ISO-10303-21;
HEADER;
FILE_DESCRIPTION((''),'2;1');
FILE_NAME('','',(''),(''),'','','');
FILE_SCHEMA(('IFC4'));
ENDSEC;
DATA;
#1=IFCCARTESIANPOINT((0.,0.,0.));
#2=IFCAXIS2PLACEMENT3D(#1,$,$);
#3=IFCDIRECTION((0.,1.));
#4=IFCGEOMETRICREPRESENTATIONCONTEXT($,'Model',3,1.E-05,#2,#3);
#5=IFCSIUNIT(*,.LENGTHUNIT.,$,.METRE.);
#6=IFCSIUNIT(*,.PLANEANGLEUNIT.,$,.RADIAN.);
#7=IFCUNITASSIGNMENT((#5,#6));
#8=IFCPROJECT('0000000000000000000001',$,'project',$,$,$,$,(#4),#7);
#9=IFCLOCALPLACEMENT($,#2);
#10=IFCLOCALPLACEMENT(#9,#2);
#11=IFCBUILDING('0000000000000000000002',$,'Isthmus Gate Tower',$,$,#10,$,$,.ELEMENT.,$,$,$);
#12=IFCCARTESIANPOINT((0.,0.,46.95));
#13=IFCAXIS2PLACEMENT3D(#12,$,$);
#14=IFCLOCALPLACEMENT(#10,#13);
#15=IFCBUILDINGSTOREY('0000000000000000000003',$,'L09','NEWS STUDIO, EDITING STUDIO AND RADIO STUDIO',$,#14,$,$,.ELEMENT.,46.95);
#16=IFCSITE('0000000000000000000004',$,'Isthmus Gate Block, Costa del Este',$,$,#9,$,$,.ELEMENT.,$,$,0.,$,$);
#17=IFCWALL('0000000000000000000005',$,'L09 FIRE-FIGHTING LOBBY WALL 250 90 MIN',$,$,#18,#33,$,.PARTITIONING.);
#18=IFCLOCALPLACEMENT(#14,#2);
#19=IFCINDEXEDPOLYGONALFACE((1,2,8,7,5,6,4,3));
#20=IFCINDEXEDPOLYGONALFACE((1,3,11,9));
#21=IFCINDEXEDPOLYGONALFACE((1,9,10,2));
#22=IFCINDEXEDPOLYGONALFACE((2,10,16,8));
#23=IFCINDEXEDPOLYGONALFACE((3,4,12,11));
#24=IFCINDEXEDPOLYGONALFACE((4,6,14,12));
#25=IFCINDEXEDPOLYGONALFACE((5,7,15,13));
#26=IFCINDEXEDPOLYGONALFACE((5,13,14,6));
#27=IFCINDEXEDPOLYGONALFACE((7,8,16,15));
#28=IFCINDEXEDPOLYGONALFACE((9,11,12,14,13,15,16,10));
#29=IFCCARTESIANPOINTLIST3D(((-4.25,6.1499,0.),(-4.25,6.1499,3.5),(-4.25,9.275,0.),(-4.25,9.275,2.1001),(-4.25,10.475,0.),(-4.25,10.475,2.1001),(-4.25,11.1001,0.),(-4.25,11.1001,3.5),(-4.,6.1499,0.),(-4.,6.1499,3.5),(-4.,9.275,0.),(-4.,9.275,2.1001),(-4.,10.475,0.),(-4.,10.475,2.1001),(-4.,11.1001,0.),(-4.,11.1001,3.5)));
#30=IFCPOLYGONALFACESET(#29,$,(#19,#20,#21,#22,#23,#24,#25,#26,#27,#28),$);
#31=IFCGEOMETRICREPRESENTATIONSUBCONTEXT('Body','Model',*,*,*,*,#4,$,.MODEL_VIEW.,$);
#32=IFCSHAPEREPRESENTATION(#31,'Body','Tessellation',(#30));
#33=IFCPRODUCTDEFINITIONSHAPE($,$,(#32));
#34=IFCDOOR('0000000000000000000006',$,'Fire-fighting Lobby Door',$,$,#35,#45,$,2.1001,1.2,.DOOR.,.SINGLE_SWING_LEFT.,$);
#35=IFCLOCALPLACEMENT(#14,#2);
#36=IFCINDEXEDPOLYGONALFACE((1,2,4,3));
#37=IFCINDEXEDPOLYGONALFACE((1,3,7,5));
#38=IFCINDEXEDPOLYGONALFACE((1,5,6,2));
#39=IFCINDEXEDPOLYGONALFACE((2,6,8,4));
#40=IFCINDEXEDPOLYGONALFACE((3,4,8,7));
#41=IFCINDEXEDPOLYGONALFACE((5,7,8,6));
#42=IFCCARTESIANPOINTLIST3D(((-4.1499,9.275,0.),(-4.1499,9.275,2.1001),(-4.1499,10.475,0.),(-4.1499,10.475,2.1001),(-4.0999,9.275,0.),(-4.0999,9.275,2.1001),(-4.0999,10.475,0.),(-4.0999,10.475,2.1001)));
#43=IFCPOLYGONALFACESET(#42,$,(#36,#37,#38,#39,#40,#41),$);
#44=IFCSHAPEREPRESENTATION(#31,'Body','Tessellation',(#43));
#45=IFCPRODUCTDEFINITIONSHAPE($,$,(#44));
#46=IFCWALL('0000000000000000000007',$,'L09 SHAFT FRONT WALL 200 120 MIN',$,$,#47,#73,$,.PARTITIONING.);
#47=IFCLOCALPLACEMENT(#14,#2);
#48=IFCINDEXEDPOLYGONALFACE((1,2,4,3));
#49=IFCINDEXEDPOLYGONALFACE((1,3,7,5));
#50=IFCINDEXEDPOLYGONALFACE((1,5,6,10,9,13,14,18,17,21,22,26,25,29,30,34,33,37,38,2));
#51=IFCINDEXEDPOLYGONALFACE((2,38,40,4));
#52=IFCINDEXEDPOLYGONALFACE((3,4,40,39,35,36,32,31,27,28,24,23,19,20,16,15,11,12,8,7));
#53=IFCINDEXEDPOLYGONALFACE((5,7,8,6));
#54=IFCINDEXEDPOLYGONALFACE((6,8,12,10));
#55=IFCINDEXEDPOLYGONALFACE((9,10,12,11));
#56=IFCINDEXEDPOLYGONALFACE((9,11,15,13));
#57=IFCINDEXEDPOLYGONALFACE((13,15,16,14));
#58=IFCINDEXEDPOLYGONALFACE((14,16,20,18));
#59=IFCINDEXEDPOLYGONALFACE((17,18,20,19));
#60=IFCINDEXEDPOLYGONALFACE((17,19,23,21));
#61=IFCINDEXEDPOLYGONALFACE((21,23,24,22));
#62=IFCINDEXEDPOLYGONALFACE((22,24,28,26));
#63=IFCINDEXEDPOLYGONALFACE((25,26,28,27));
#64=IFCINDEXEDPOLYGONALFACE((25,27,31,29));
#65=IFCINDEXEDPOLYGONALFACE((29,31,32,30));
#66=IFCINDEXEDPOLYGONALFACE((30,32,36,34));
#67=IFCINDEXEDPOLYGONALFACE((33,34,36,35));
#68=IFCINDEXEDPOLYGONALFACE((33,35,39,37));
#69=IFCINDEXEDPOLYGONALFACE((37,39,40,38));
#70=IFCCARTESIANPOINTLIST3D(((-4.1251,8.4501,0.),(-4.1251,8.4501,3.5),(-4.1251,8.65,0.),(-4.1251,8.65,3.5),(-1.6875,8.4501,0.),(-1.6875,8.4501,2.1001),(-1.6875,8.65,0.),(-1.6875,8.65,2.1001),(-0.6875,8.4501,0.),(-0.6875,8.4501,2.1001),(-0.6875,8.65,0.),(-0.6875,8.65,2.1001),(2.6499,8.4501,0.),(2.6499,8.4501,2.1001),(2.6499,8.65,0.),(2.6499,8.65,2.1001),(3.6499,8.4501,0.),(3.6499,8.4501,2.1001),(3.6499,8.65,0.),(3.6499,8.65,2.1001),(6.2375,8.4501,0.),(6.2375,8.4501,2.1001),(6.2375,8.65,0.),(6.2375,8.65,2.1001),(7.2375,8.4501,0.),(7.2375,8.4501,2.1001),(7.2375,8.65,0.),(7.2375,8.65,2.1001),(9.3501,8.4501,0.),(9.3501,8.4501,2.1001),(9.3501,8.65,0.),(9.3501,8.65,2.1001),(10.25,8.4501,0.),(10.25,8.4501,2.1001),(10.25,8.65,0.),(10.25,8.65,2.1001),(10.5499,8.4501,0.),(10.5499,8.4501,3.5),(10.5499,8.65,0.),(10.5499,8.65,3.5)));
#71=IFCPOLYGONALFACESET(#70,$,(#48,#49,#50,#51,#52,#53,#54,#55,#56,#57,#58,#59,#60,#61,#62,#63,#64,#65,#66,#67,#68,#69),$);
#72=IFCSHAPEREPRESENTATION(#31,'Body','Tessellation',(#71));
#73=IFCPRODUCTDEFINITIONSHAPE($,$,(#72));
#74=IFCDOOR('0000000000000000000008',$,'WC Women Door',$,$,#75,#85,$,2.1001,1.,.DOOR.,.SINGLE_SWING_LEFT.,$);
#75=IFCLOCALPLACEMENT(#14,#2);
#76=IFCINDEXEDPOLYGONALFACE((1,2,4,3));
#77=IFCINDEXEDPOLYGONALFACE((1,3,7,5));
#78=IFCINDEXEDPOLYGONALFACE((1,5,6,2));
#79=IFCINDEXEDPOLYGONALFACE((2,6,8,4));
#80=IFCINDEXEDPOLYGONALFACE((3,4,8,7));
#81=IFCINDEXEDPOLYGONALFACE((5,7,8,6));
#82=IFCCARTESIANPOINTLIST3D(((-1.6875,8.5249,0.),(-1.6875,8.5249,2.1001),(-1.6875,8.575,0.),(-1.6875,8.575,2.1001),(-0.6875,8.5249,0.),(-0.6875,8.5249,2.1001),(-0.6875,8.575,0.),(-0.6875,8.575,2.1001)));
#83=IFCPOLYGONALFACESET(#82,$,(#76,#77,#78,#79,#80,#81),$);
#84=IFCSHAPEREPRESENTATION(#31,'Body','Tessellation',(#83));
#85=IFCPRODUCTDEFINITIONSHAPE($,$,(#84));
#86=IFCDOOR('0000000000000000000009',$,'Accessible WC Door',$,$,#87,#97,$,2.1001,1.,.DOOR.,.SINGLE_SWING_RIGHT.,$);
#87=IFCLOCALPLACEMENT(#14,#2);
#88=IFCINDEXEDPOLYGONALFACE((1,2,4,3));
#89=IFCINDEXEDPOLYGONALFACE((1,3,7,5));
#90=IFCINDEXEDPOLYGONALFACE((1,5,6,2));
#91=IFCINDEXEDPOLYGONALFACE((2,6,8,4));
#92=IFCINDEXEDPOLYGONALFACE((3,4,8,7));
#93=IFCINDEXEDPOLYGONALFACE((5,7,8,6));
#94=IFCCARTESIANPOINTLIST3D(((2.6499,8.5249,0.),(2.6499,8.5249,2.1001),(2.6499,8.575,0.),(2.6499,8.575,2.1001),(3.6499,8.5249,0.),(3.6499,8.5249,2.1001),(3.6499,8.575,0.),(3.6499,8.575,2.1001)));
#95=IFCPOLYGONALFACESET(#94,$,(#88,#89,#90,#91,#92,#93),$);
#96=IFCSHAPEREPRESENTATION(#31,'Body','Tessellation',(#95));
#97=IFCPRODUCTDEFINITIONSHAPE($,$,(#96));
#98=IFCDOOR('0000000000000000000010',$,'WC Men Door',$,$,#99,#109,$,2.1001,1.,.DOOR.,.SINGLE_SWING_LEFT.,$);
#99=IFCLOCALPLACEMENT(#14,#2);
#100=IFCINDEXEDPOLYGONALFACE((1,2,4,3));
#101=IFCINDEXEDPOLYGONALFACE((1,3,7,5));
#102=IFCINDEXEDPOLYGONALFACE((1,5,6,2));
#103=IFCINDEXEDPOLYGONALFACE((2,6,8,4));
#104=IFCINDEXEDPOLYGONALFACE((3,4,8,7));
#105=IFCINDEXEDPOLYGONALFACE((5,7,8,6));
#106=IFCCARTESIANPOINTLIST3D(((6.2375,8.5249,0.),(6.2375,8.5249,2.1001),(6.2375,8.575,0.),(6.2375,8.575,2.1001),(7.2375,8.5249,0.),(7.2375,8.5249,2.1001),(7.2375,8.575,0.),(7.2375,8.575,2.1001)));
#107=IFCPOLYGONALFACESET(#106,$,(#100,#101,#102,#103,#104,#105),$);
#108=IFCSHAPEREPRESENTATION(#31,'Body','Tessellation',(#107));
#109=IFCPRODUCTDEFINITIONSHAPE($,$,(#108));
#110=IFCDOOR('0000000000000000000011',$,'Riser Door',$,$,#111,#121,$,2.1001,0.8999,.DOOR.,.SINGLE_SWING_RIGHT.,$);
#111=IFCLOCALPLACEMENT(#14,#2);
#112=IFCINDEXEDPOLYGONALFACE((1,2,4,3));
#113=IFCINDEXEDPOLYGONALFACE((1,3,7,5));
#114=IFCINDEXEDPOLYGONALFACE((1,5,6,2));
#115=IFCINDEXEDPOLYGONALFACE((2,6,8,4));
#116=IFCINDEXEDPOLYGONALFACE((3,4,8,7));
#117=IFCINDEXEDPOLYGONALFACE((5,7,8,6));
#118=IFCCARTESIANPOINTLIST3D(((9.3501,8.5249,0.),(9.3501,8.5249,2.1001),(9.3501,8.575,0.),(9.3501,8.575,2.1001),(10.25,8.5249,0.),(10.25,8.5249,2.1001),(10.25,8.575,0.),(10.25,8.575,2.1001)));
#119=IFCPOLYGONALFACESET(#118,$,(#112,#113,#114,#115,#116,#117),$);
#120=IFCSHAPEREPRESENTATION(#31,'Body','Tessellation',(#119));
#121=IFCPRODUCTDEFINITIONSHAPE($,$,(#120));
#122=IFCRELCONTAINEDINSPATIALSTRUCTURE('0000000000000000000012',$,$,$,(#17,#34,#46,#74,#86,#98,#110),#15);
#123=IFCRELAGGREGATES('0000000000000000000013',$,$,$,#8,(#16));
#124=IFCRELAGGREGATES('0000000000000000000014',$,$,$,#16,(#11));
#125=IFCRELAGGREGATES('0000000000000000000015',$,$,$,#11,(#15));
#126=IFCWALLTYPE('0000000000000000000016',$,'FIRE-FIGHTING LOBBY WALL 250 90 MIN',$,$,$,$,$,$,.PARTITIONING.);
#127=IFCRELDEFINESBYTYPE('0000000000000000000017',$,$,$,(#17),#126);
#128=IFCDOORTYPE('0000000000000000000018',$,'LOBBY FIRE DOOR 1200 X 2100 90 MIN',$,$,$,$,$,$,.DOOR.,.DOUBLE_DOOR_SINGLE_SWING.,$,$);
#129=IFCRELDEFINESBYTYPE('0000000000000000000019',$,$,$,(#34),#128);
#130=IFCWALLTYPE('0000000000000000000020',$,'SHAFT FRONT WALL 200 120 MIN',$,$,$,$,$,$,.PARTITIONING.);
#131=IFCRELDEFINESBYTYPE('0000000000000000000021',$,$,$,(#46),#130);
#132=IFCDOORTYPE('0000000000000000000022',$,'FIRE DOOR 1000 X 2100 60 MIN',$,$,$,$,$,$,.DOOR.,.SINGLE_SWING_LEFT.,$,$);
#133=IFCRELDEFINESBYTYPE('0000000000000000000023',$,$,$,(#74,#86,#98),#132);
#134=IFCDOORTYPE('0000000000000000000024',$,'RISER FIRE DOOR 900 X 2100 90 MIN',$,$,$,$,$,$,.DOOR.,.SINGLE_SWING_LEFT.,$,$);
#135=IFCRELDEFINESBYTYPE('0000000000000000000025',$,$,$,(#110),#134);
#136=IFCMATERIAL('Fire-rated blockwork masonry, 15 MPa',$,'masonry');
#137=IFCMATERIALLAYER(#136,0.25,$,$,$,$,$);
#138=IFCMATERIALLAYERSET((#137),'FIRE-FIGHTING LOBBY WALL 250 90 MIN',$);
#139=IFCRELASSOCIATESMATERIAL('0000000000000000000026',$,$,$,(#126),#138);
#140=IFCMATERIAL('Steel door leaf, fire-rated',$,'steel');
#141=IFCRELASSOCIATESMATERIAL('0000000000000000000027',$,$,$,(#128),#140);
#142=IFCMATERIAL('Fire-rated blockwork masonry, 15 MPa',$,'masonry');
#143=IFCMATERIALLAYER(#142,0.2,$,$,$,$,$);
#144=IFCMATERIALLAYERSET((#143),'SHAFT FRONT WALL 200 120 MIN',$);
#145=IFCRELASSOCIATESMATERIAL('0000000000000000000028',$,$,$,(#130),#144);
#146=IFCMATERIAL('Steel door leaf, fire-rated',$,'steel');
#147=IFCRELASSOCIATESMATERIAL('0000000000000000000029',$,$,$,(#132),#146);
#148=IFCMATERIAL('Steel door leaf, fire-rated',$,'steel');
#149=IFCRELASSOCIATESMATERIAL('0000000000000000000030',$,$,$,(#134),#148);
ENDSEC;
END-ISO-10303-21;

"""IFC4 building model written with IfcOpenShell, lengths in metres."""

from ifc_helpers import new_model, si_unit, direction, frame, frame_2d, origin, place, context, subcontext, project, spatial, rectangle, extrude, material, layer, layer_set, type_object, element, fill, save


model = new_model("IFC4")

# Units and contexts
model_context = context("Model", 3, precision=1e-05, world=origin(), true_north=direction((0.0, 1.0)))
body_context = subcontext(model_context, "Body", "Model", "MODEL_VIEW")
ifc_project = project(units=[si_unit("LENGTHUNIT", "METRE"), si_unit("PLANEANGLEUNIT", "RADIAN")], contexts=[model_context])

# Site, building, storey
site_placement = place(None, origin())
site = spatial("IfcSite", under=ifc_project, at=site_placement, Name="Isthmus Gate Block, Costa del Este", CompositionType="ELEMENT", RefElevation=0.0)
building_placement = place(site_placement, origin())
building = spatial("IfcBuilding", under=site, at=building_placement, Name="Isthmus Gate Tower", CompositionType="ELEMENT")
storey_placement = place(building_placement, frame((0.0, 0.0, 46.95)))
storey = spatial("IfcBuildingStorey", under=building, at=storey_placement, Name="L09", Description="NEWS STUDIO, EDITING STUDIO AND RADIO STUDIO", CompositionType="ELEMENT", Elevation=46.95)

# Wall, opening, door
ifc_material_1 = material(Name="Fire-rated blockwork masonry, 15 MPa", Category="masonry")
ifc_layer_1 = layer(ifc_material_1, 0.25)
ifc_layer_set_1 = layer_set([ifc_layer_1], Name="FIRE-FIGHTING LOBBY WALL 250 90 MIN")
wall_type_1 = type_object("IfcWallType", Name="FIRE-FIGHTING LOBBY WALL 250 90 MIN", PredefinedType="PARTITIONING", material=ifc_layer_set_1)
wall_1_placement = place(storey_placement, frame((-4.125, 6.1499, 0.0), z_axis=(0.0, 0.0, 1.0), x_axis=(0.0, 1.0, 0.0)))
wall_1 = element("IfcWall", 1, at=wall_1_placement, inside=storey, type_object=wall_type_1, Name="L09 FIRE-FIGHTING LOBBY WALL 250 90 MIN", PredefinedType="PARTITIONING", context=body_context, shape_type="SweptSolid", body=[
    extrude(rectangle(XDim=4.9502, YDim=0.25, at=frame_2d((2.4751, 0.0))), origin(), (0.0, 0.0, 1.0), 3.5),
])
opening_1_placement = place(wall_1_placement, frame((3.125, 0.0, 0.0)))
opening_1 = element("IfcOpeningElement", 2, at=opening_1_placement, cuts=wall_1, PredefinedType="OPENING", context=body_context, shape_type="SweptSolid", body=[
    extrude(rectangle(XDim=1.2, YDim=2.1001, at=frame_2d((0.6001, 1.05))), frame((0.0, 0.135, 0.0), z_axis=(0.0, -1.0, 0.0), x_axis=(1.0, 0.0, 0.0)), (0.0, 0.0, 1.0), 0.27),
])
ifc_material_2 = material(Name="Steel door leaf, fire-rated", Category="steel")
door_type_1 = type_object("IfcDoorType", Name="LOBBY FIRE DOOR 1200 X 2100 90 MIN", OperationType="DOUBLE_DOOR_SINGLE_SWING", PredefinedType="DOOR", material=ifc_material_2)
door_1_placement = place(opening_1_placement, origin())
door_1 = element("IfcDoor", 3, at=door_1_placement, inside=storey, type_object=door_type_1, Name="Fire-fighting Lobby Door", OperationType="SINGLE_SWING_LEFT", OverallHeight=2.1001, OverallWidth=1.2, PredefinedType="DOOR", context=body_context, shape_type="SweptSolid", body=[
    extrude(rectangle(XDim=1.2, YDim=2.1001, at=frame_2d((0.6001, 1.05))), frame((0.0, 0.0249, 0.0), z_axis=(0.0, -1.0, 0.0), x_axis=(1.0, 0.0, 0.0)), (0.0, 0.0, 1.0), 0.05),
])
fill(opening_1, door_1)

# Wall, openings, doors
ifc_material_3 = material(Name="Fire-rated blockwork masonry, 15 MPa", Category="masonry")
ifc_layer_2 = layer(ifc_material_3, 0.2)
ifc_layer_set_2 = layer_set([ifc_layer_2], Name="SHAFT FRONT WALL 200 120 MIN")
wall_type_2 = type_object("IfcWallType", Name="SHAFT FRONT WALL 200 120 MIN", PredefinedType="PARTITIONING", material=ifc_layer_set_2)
wall_2_placement = place(storey_placement, frame((-4.125, 8.55, 0.0), z_axis=(0.0, 0.0, 1.0), x_axis=(1.0, 0.0, 0.0)))
wall_2 = element("IfcWall", 4, at=wall_2_placement, inside=storey, type_object=wall_type_2, Name="L09 SHAFT FRONT WALL 200 120 MIN", PredefinedType="PARTITIONING", context=body_context, shape_type="SweptSolid", body=[
    extrude(rectangle(XDim=14.675, YDim=0.2, at=frame_2d((7.3374, 0.0))), origin(), (0.0, 0.0, 1.0), 3.5),
])
opening_2_placement = place(wall_2_placement, frame((2.4375, 0.0, 0.0)))
opening_2 = element("IfcOpeningElement", 5, at=opening_2_placement, cuts=wall_2, PredefinedType="OPENING", context=body_context, shape_type="SweptSolid", body=[
    extrude(rectangle(XDim=1.0, YDim=2.1001, at=frame_2d((0.5, 1.05))), frame((0.0, 0.1099, 0.0), z_axis=(0.0, -1.0, 0.0), x_axis=(1.0, 0.0, 0.0)), (0.0, 0.0, 1.0), 0.22),
])
opening_3_placement = place(wall_2_placement, frame((6.7749, 0.0, 0.0)))
opening_3 = element("IfcOpeningElement", 6, at=opening_3_placement, cuts=wall_2, PredefinedType="OPENING", context=body_context, shape_type="SweptSolid", body=[
    extrude(rectangle(XDim=1.0, YDim=2.1001, at=frame_2d((0.5, 1.05))), frame((0.0, 0.1099, 0.0), z_axis=(0.0, -1.0, 0.0), x_axis=(1.0, 0.0, 0.0)), (0.0, 0.0, 1.0), 0.22),
])
opening_4_placement = place(wall_2_placement, frame((10.3625, 0.0, 0.0)))
opening_4 = element("IfcOpeningElement", 7, at=opening_4_placement, cuts=wall_2, PredefinedType="OPENING", context=body_context, shape_type="SweptSolid", body=[
    extrude(rectangle(XDim=1.0, YDim=2.1001, at=frame_2d((0.5, 1.05))), frame((0.0, 0.1099, 0.0), z_axis=(0.0, -1.0, 0.0), x_axis=(1.0, 0.0, 0.0)), (0.0, 0.0, 1.0), 0.22),
])
opening_5_placement = place(wall_2_placement, frame((13.4751, 0.0, 0.0)))
opening_5 = element("IfcOpeningElement", 8, at=opening_5_placement, cuts=wall_2, PredefinedType="OPENING", context=body_context, shape_type="SweptSolid", body=[
    extrude(rectangle(XDim=0.8999, YDim=2.1001, at=frame_2d((0.45, 1.05))), frame((0.0, 0.1099, 0.0), z_axis=(0.0, -1.0, 0.0), x_axis=(1.0, 0.0, 0.0)), (0.0, 0.0, 1.0), 0.22),
])
ifc_material_4 = material(Name="Steel door leaf, fire-rated", Category="steel")
door_type_2 = type_object("IfcDoorType", Name="FIRE DOOR 1000 X 2100 60 MIN", OperationType="SINGLE_SWING_LEFT", PredefinedType="DOOR", material=ifc_material_4)
door_2_placement = place(opening_2_placement, origin())
door_2 = element("IfcDoor", 9, at=door_2_placement, inside=storey, type_object=door_type_2, Name="WC Women Door", OperationType="SINGLE_SWING_LEFT", OverallHeight=2.1001, OverallWidth=1.0, PredefinedType="DOOR", context=body_context, shape_type="SweptSolid", body=[
    extrude(rectangle(XDim=1.0, YDim=2.1001, at=frame_2d((0.5, 1.05))), frame((0.0, 0.0249, 0.0), z_axis=(0.0, -1.0, 0.0), x_axis=(1.0, 0.0, 0.0)), (0.0, 0.0, 1.0), 0.05),
])
fill(opening_2, door_2)
door_3_placement = place(opening_3_placement, origin())
door_3 = element("IfcDoor", 10, at=door_3_placement, inside=storey, type_object=door_type_2, Name="Accessible WC Door", OperationType="SINGLE_SWING_RIGHT", OverallHeight=2.1001, OverallWidth=1.0, PredefinedType="DOOR", context=body_context, shape_type="SweptSolid", body=[
    extrude(rectangle(XDim=1.0, YDim=2.1001, at=frame_2d((0.5, 1.05))), frame((0.0, 0.0249, 0.0), z_axis=(0.0, -1.0, 0.0), x_axis=(1.0, 0.0, 0.0)), (0.0, 0.0, 1.0), 0.05),
])
fill(opening_3, door_3)
door_4_placement = place(opening_4_placement, origin())
door_4 = element("IfcDoor", 11, at=door_4_placement, inside=storey, type_object=door_type_2, Name="WC Men Door", OperationType="SINGLE_SWING_LEFT", OverallHeight=2.1001, OverallWidth=1.0, PredefinedType="DOOR", context=body_context, shape_type="SweptSolid", body=[
    extrude(rectangle(XDim=1.0, YDim=2.1001, at=frame_2d((0.5, 1.05))), frame((0.0, 0.0249, 0.0), z_axis=(0.0, -1.0, 0.0), x_axis=(1.0, 0.0, 0.0)), (0.0, 0.0, 1.0), 0.05),
])
fill(opening_4, door_4)
ifc_material_5 = material(Name="Steel door leaf, fire-rated", Category="steel")
door_type_3 = type_object("IfcDoorType", Name="RISER FIRE DOOR 900 X 2100 90 MIN", OperationType="SINGLE_SWING_LEFT", PredefinedType="DOOR", material=ifc_material_5)
door_5_placement = place(opening_5_placement, origin())
door_5 = element("IfcDoor", 12, at=door_5_placement, inside=storey, type_object=door_type_3, Name="Riser Door", OperationType="SINGLE_SWING_RIGHT", OverallHeight=2.1001, OverallWidth=0.8999, PredefinedType="DOOR", context=body_context, shape_type="SweptSolid", body=[
    extrude(rectangle(XDim=0.8999, YDim=2.1001, at=frame_2d((0.45, 1.05))), frame((0.0, 0.0249, 0.0), z_axis=(0.0, -1.0, 0.0), x_axis=(1.0, 0.0, 0.0)), (0.0, 0.0, 1.0), 0.05),
])
fill(opening_5, door_5)

save(model, "model.ifc")
